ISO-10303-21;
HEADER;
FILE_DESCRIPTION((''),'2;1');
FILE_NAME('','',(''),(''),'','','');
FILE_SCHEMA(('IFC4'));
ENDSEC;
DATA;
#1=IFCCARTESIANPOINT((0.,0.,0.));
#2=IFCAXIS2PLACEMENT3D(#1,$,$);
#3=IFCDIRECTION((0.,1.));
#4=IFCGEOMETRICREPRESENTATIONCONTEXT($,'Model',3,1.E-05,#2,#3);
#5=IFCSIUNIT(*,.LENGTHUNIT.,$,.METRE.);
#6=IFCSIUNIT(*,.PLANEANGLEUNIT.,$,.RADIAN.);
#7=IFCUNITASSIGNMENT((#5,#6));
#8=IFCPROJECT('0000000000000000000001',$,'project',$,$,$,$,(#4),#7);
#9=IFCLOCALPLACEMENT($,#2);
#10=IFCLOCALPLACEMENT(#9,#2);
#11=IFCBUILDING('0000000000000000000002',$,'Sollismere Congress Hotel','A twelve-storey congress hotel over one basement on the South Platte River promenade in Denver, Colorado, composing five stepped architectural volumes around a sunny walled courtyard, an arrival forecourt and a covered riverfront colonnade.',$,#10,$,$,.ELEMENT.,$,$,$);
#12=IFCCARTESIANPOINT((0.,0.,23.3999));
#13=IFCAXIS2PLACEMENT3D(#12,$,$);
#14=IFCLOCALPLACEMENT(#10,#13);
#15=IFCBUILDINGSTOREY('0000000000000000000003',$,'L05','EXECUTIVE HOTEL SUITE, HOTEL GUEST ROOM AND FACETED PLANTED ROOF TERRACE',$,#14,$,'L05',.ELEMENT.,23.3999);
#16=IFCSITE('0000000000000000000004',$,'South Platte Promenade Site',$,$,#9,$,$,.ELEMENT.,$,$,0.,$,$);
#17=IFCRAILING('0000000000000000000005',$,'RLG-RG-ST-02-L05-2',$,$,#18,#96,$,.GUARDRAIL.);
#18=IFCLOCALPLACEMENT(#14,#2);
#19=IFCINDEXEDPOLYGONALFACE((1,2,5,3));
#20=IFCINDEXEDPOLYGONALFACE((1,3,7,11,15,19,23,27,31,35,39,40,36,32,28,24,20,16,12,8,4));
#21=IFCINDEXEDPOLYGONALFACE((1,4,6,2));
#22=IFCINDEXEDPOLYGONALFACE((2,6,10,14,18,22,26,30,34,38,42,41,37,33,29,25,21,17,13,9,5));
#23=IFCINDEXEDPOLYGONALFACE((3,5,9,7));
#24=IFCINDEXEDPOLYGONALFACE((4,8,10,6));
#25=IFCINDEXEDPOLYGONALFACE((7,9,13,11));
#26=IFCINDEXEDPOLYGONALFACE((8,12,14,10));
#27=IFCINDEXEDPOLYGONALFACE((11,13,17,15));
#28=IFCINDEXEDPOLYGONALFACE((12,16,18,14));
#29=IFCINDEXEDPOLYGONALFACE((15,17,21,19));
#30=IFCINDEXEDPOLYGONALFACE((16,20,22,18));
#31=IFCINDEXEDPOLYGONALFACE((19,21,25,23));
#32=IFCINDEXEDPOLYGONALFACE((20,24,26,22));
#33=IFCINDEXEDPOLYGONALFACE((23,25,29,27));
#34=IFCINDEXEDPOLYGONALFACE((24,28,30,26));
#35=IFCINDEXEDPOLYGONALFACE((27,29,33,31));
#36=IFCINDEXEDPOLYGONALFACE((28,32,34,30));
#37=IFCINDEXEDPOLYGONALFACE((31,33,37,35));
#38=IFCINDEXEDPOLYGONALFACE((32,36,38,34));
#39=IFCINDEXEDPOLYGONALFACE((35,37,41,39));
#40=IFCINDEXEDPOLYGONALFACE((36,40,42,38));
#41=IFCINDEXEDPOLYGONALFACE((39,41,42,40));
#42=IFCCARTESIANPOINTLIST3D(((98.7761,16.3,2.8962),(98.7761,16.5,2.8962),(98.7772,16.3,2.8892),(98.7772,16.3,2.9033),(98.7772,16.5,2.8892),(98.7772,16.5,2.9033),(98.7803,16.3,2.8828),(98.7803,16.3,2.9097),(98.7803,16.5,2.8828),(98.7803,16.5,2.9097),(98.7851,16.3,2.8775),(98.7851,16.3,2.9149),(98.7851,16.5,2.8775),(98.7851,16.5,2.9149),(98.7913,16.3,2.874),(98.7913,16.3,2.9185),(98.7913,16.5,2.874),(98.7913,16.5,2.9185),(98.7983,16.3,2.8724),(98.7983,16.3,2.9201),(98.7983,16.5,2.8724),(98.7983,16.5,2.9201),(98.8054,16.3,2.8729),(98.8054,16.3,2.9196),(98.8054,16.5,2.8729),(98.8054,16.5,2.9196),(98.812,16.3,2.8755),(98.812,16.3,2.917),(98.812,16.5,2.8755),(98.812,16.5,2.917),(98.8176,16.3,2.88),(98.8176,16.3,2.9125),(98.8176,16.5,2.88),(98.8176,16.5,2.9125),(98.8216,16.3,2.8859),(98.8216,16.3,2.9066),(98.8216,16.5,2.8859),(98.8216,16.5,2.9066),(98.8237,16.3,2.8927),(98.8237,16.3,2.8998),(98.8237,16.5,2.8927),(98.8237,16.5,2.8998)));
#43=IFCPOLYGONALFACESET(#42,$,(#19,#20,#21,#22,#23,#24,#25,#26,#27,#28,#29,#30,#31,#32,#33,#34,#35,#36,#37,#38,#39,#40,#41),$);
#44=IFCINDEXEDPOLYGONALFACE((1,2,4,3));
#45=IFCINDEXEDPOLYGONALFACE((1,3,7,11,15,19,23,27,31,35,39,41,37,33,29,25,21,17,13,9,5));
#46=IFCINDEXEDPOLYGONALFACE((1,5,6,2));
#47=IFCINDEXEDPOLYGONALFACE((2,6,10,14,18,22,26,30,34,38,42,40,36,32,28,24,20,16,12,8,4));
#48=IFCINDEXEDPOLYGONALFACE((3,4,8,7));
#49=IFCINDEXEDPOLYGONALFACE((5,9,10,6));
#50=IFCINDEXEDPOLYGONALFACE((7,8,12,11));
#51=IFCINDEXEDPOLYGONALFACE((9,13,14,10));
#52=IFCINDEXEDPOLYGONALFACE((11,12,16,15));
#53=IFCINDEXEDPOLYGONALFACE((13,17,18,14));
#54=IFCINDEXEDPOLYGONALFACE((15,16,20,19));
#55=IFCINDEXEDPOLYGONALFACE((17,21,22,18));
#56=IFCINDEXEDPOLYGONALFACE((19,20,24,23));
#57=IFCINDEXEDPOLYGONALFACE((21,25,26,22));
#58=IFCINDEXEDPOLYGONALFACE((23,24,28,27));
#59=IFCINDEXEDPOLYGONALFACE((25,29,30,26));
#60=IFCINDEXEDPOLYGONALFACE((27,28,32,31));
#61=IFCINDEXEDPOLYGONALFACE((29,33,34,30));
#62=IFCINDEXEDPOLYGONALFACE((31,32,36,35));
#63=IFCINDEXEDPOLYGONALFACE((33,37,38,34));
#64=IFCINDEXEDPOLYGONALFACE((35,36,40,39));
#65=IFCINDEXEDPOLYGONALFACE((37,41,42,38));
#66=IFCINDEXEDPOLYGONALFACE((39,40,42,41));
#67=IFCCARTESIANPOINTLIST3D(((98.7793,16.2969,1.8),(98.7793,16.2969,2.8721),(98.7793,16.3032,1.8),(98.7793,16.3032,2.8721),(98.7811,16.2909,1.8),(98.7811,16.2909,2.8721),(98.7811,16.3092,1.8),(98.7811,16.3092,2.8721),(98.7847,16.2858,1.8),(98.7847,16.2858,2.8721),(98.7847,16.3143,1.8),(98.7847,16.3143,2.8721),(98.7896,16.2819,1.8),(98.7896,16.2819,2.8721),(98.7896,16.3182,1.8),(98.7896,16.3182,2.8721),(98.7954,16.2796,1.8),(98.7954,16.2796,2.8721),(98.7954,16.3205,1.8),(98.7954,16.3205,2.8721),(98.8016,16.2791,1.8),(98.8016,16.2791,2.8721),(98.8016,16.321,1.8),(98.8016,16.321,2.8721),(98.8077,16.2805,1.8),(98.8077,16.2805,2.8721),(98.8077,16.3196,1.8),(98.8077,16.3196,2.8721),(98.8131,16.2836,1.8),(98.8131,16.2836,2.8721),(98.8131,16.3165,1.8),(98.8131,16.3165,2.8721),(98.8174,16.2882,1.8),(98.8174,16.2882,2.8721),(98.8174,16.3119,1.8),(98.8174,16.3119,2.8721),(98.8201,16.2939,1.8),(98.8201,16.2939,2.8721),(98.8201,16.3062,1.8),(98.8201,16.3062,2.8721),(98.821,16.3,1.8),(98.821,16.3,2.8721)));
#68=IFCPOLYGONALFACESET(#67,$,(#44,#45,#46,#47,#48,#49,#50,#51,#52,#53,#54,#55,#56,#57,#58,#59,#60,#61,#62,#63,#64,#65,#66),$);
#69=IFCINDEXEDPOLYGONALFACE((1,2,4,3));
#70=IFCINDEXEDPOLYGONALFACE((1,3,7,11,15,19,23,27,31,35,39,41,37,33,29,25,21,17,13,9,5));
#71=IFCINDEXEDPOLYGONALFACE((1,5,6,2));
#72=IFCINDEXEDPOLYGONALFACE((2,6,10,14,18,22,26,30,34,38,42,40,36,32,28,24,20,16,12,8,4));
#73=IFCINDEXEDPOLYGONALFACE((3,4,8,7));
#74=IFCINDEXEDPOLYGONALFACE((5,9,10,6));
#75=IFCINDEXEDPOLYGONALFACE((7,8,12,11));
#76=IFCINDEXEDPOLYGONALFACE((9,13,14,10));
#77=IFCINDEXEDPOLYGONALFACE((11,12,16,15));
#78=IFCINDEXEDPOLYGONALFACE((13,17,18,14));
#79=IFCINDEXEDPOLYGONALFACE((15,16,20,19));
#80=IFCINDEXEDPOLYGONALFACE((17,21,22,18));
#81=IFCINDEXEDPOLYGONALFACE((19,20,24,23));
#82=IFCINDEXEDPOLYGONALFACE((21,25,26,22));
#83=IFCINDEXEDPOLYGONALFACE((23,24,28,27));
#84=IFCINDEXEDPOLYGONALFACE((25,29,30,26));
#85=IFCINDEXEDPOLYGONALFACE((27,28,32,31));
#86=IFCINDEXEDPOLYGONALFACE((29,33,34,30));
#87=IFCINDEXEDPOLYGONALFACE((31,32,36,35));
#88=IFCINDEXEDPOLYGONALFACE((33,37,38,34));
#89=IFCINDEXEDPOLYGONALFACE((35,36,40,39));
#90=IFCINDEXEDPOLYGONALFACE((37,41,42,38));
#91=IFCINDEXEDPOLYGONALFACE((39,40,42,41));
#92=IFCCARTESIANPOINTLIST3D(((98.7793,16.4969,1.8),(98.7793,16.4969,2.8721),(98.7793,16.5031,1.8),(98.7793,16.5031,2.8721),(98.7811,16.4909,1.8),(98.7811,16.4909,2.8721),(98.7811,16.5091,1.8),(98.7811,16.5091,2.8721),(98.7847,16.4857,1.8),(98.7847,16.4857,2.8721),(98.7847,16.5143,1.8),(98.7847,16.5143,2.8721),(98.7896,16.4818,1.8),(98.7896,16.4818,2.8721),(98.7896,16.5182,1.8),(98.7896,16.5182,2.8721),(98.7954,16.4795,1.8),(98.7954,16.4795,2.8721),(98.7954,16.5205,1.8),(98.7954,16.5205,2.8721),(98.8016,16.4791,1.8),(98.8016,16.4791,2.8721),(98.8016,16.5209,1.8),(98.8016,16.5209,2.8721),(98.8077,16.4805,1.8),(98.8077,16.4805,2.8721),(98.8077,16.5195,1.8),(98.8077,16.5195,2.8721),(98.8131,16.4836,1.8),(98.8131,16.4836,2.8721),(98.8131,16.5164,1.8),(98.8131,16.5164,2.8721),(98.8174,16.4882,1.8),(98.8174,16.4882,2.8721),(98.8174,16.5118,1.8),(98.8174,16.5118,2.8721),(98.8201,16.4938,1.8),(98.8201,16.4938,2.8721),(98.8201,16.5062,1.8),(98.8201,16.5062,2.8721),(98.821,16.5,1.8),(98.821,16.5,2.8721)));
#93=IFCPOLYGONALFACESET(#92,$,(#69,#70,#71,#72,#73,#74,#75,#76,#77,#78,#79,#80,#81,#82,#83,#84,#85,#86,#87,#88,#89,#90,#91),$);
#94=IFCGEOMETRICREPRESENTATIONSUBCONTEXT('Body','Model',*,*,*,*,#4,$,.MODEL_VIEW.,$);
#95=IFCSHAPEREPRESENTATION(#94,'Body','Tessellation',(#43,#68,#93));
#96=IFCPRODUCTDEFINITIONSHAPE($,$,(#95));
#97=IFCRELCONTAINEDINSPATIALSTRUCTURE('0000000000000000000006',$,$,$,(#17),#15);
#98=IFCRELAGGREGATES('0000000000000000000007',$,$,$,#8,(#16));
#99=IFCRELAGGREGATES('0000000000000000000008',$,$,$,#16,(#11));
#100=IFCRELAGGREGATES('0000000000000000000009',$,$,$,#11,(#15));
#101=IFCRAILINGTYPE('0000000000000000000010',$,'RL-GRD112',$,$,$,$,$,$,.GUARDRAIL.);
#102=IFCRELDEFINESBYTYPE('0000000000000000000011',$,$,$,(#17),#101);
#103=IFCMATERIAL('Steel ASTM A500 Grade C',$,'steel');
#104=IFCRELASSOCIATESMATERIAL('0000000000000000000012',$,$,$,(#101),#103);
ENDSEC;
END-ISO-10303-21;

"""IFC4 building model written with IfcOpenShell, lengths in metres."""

from ifc_helpers import new_model, si_unit, direction, frame, origin, origin_2d, place, context, subcontext, project, spatial, circle, extrude, material, type_object, element, save


model = new_model("IFC4")

# Units and contexts
model_context = context("Model", 3, precision=1e-05, world=origin(), true_north=direction((0.0, 1.0)))
body_context = subcontext(model_context, "Body", "Model", "MODEL_VIEW")
ifc_project = project(units=[si_unit("LENGTHUNIT", "METRE"), si_unit("PLANEANGLEUNIT", "RADIAN")], contexts=[model_context])

# Site, building, storey
site_placement = place(None, origin())
site = spatial("IfcSite", under=ifc_project, at=site_placement, Name="South Platte Promenade Site", CompositionType="ELEMENT", RefElevation=0.0)
building_placement = place(site_placement, origin())
building = spatial("IfcBuilding", under=site, at=building_placement, Name="Sollismere Congress Hotel", Description="A twelve-storey congress hotel over one basement on the South Platte River promenade in Denver, Colorado, composing five stepped architectural volumes around a sunny walled courtyard, an arrival forecourt and a covered riverfront colonnade.", CompositionType="ELEMENT")
storey_placement = place(building_placement, frame((0.0, 0.0, 23.3999)))
storey = spatial("IfcBuildingStorey", under=building, at=storey_placement, Name="L05", Description="EXECUTIVE HOTEL SUITE, HOTEL GUEST ROOM AND FACETED PLANTED ROOF TERRACE", LongName="L05", CompositionType="ELEMENT", Elevation=23.3999)

# Shared definitions
ifc_material_1 = material(Name="Steel ASTM A500 Grade C", Category="steel")

# Railing
railing_type_1 = type_object("IfcRailingType", Name="RL-GRD112", PredefinedType="GUARDRAIL", material=ifc_material_1)
railing_1_placement = place(storey_placement, frame((98.8, 16.3, 1.8)))
element("IfcRailing", 1, at=railing_1_placement, inside=storey, type_object=railing_type_1, Name="RLG-RG-ST-02-L05-2", PredefinedType="GUARDRAIL", context=body_context, shape_type="SweptSolid", body=[
    extrude(circle(Radius=0.0239, at=origin_2d()), frame((0.0, 0.0, 1.0962), z_axis=(0.0, 1.0, 0.0), x_axis=(-1.0, 0.0, 0.0)), (0.0, 0.0, 1.0), 0.2),
    extrude(circle(Radius=0.021, at=origin_2d()), origin(), (0.0, 0.0, 1.0), 1.072),
    extrude(circle(Radius=0.021, at=origin_2d()), frame((0.0, 0.2, 0.0)), (0.0, 0.0, 1.0), 1.072),
])

save(model, "model.ifc")
